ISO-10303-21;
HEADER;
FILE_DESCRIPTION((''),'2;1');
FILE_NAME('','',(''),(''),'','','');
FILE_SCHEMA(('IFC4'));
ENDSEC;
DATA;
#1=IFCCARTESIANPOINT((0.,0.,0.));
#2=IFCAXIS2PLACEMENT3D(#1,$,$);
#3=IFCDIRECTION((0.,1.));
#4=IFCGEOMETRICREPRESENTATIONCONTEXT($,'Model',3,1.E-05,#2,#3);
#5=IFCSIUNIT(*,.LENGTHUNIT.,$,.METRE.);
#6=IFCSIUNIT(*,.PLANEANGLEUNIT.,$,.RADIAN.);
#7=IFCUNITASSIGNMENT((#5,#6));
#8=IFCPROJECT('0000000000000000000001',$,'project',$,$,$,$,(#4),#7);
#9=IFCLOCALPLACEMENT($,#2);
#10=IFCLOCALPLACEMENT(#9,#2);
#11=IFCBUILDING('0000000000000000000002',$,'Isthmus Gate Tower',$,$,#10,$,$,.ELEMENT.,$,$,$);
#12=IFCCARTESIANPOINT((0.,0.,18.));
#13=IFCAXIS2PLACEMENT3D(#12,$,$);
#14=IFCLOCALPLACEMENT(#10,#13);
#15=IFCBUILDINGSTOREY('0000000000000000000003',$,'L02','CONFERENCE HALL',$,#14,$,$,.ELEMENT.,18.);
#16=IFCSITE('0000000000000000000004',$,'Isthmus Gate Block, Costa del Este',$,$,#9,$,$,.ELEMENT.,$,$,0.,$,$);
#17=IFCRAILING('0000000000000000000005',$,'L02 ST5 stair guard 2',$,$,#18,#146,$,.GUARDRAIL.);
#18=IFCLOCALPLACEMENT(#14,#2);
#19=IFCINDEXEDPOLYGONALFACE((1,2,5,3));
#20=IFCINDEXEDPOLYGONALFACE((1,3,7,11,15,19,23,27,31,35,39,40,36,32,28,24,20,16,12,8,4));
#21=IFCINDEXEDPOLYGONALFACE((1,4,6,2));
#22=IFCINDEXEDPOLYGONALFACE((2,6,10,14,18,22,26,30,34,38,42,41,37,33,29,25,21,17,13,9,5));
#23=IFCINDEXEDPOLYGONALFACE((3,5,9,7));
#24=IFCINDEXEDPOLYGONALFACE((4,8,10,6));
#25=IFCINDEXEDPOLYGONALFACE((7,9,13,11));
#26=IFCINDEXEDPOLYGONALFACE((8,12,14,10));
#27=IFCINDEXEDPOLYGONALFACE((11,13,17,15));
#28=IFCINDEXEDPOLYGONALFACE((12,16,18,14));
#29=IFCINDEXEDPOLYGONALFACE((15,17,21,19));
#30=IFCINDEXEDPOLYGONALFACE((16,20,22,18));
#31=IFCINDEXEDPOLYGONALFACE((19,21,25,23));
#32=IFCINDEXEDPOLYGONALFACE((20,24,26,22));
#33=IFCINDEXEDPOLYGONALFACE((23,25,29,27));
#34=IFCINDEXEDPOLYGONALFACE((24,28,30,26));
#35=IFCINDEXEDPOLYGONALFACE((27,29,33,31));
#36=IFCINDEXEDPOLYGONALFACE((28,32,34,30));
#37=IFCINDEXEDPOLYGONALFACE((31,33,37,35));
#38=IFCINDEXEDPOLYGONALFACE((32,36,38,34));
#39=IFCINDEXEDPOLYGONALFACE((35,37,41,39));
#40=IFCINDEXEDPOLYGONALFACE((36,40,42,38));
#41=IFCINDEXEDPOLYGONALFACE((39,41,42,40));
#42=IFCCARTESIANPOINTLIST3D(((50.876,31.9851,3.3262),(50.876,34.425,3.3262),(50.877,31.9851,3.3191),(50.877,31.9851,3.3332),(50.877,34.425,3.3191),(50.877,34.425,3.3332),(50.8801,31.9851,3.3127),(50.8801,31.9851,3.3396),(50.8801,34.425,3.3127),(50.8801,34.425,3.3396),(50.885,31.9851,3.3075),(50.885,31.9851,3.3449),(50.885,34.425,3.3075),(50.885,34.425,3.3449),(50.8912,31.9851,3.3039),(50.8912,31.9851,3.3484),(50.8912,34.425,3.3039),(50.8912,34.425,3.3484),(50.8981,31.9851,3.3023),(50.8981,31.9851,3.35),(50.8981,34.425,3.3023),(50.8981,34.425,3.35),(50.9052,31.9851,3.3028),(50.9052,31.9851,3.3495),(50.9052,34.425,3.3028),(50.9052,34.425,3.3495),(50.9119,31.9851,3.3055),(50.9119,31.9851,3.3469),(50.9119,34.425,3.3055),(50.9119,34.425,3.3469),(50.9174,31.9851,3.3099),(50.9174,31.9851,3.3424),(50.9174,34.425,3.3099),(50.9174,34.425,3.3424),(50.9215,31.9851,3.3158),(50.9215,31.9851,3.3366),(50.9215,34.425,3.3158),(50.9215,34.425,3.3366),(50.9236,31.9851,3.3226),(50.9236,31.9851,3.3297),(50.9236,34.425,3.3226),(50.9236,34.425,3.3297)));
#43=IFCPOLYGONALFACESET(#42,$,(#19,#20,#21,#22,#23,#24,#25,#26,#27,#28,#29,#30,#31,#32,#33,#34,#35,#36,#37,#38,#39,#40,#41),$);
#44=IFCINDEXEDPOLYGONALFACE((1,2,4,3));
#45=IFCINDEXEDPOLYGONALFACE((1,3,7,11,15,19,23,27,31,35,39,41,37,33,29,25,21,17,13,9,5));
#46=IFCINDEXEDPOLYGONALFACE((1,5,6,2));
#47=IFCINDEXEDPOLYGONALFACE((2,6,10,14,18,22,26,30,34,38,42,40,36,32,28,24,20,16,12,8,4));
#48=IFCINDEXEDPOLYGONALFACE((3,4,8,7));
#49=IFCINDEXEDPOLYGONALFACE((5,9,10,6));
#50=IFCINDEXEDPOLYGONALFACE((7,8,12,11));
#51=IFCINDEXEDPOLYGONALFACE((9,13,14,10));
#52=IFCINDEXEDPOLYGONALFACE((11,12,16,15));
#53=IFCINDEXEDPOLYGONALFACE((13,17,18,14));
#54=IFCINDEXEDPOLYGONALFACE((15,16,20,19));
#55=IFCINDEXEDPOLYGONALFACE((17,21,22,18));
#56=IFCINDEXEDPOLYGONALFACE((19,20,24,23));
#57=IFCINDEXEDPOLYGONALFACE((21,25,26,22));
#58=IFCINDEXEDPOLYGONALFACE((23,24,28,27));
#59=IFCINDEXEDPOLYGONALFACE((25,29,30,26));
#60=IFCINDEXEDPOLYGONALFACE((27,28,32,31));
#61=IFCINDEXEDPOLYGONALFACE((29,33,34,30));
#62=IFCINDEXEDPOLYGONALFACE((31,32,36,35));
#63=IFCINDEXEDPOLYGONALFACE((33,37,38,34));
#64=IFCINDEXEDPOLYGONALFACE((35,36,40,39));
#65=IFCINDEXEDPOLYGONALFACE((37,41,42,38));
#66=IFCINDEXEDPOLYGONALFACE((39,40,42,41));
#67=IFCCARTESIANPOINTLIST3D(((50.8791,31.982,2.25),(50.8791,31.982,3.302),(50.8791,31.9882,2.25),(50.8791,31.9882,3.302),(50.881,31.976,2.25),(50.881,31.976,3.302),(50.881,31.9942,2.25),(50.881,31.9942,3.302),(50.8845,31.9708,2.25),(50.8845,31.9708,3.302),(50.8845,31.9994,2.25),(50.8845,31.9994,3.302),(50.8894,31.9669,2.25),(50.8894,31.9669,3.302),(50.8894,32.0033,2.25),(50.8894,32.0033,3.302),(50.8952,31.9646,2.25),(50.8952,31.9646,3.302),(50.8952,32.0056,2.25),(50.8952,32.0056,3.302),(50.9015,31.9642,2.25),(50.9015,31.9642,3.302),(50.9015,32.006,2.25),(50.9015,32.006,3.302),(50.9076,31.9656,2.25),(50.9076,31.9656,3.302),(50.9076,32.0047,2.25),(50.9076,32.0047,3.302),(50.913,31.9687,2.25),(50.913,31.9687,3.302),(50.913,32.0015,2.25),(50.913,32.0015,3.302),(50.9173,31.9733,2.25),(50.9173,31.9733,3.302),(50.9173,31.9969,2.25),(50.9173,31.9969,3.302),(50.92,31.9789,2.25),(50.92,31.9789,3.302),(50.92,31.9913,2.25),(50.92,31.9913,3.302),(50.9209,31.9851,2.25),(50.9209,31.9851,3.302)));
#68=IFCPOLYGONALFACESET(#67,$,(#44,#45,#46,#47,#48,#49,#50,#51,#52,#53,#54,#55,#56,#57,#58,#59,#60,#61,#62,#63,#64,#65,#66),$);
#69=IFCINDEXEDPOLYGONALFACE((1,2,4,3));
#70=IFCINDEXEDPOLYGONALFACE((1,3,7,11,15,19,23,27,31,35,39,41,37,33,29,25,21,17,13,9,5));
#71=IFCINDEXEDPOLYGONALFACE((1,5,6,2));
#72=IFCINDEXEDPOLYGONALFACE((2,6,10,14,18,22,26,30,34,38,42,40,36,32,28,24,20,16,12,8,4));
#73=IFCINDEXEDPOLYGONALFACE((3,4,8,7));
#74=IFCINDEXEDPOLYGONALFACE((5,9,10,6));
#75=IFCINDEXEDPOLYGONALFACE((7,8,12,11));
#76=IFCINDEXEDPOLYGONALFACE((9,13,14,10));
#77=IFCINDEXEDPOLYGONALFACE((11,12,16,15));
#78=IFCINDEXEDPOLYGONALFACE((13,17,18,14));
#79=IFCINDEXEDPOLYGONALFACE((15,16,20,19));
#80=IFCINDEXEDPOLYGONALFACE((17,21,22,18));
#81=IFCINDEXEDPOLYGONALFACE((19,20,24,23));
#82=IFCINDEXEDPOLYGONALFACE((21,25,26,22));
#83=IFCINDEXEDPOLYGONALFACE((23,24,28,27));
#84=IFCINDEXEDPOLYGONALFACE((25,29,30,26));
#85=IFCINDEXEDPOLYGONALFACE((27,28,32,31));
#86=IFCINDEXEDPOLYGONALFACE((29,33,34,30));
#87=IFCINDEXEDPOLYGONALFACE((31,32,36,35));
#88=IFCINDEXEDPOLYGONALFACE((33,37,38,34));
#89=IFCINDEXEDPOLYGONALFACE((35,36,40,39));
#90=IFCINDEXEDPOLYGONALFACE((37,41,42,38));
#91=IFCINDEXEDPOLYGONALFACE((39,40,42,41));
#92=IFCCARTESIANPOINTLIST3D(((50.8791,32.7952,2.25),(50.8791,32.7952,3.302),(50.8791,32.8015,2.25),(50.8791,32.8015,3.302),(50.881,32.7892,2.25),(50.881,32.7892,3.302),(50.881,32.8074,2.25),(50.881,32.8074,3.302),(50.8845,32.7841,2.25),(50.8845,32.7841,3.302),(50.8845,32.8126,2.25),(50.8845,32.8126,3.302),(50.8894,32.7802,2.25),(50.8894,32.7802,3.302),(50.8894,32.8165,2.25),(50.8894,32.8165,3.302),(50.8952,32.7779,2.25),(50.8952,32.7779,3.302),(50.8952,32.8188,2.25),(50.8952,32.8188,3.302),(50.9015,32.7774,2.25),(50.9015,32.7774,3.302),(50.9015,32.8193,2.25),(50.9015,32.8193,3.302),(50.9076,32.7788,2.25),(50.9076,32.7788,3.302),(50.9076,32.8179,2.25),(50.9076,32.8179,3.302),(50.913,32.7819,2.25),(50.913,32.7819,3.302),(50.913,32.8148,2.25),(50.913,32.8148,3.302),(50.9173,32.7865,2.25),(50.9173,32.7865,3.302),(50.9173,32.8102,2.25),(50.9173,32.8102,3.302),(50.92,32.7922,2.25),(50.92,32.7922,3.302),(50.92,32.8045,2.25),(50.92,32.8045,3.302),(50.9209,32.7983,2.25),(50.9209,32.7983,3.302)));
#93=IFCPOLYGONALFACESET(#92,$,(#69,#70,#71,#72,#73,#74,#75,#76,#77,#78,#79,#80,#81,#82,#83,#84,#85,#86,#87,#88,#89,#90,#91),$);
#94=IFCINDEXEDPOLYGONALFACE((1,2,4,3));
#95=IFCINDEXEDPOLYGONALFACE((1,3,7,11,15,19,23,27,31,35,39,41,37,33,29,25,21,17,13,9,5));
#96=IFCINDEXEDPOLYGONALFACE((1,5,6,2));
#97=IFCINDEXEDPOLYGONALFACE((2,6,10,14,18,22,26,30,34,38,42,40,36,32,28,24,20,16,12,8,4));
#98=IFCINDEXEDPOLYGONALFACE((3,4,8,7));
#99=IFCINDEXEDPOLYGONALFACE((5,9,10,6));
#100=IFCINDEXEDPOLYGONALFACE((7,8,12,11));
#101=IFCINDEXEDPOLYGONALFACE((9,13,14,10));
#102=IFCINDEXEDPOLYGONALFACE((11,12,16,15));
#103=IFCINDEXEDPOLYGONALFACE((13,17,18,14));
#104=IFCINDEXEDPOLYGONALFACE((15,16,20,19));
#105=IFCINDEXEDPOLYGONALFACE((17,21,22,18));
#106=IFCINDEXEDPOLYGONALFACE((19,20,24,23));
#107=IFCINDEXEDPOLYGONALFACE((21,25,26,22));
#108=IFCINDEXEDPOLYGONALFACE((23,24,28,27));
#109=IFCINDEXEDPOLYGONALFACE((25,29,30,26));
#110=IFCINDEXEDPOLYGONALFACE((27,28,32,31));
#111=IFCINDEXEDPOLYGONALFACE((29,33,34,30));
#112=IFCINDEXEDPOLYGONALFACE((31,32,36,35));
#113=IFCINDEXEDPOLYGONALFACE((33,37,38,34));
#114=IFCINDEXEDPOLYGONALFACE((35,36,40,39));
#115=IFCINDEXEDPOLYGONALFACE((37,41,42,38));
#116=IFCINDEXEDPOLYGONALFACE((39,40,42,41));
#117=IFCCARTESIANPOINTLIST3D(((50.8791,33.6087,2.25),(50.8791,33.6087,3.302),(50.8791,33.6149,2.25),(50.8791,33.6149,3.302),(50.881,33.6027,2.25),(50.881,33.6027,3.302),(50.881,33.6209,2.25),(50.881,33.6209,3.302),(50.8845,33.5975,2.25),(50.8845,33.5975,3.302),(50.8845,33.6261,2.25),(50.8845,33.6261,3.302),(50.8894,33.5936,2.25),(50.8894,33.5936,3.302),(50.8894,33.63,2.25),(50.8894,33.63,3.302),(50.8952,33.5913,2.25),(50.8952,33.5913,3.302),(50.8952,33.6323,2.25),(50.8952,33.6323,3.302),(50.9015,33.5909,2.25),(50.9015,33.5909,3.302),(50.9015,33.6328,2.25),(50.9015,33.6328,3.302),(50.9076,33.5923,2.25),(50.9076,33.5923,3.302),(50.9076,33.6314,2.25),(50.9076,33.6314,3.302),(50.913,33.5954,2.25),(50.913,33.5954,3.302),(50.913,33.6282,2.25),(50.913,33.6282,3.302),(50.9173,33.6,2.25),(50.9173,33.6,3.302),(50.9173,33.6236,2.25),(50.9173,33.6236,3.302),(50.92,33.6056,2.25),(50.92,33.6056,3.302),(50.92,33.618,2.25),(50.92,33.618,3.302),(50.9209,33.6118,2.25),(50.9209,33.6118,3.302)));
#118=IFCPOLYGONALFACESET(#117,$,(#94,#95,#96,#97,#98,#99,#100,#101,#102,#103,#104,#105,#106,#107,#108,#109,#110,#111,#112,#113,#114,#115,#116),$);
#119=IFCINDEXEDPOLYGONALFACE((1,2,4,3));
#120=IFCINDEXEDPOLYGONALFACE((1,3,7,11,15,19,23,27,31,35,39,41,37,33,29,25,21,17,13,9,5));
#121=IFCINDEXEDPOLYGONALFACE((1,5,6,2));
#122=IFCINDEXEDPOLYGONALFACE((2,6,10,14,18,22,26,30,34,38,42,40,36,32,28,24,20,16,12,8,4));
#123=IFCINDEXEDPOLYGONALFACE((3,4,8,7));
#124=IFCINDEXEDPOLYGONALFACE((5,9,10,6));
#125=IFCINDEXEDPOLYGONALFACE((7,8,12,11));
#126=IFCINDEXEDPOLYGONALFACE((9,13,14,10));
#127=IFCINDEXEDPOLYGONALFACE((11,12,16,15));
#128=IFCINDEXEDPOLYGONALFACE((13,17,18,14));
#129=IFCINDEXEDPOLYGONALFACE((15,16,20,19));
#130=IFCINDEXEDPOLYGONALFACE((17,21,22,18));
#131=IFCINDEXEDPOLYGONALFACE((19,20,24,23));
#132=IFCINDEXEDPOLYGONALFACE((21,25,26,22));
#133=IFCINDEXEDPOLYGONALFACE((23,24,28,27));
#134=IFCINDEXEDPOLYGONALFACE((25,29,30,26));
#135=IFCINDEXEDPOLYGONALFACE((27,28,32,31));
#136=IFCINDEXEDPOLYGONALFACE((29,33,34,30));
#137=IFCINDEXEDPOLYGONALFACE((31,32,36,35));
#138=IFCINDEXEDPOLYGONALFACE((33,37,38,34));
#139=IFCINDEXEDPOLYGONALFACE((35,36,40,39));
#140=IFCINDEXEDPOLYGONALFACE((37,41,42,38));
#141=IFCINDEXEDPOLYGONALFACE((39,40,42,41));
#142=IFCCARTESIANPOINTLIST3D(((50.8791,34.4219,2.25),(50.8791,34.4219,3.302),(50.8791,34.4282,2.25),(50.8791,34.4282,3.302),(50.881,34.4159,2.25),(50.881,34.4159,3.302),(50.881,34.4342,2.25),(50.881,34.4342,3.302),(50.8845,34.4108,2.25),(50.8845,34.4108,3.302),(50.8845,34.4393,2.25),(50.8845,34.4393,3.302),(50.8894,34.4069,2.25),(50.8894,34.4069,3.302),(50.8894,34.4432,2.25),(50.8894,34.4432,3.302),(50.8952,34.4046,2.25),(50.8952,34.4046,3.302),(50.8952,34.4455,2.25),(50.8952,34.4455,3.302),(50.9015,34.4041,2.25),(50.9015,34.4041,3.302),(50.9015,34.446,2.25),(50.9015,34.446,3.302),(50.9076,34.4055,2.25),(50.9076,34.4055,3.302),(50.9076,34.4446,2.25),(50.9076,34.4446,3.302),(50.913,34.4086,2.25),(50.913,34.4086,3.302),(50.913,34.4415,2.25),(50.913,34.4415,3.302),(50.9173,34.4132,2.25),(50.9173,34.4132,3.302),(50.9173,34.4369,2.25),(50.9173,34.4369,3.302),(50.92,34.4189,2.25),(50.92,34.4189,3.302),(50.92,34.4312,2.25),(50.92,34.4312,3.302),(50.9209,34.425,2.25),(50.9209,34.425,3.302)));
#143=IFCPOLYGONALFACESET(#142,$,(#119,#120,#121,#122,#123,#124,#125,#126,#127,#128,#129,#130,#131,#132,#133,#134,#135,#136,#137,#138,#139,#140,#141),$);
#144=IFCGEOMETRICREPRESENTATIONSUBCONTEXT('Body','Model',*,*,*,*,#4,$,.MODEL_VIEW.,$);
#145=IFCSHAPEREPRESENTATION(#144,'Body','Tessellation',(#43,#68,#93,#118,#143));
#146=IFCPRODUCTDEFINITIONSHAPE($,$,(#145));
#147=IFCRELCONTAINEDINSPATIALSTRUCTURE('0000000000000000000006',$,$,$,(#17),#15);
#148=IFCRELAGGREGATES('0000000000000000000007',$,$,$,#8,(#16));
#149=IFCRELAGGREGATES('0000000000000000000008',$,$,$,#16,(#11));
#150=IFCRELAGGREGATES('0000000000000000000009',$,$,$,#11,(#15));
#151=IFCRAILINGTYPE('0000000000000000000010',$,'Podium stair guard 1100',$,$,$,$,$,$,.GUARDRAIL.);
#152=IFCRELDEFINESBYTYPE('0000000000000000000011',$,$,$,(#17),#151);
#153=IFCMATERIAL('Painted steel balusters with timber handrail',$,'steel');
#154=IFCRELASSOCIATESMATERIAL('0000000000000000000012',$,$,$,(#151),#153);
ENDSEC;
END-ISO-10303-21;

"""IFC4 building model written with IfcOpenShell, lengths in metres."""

from ifc_helpers import new_model, si_unit, direction, frame, origin, origin_2d, place, context, subcontext, project, spatial, circle, extrude, material, type_object, element, save


model = new_model("IFC4")

# Units and contexts
model_context = context("Model", 3, precision=1e-05, world=origin(), true_north=direction((0.0, 1.0)))
body_context = subcontext(model_context, "Body", "Model", "MODEL_VIEW")
ifc_project = project(units=[si_unit("LENGTHUNIT", "METRE"), si_unit("PLANEANGLEUNIT", "RADIAN")], contexts=[model_context])

# Site, building, storey
site_placement = place(None, origin())
site = spatial("IfcSite", under=ifc_project, at=site_placement, Name="Isthmus Gate Block, Costa del Este", CompositionType="ELEMENT", RefElevation=0.0)
building_placement = place(site_placement, origin())
building = spatial("IfcBuilding", under=site, at=building_placement, Name="Isthmus Gate Tower", CompositionType="ELEMENT")
storey_placement = place(building_placement, frame((0.0, 0.0, 18.0)))
storey = spatial("IfcBuildingStorey", under=building, at=storey_placement, Name="L02", Description="CONFERENCE HALL", CompositionType="ELEMENT", Elevation=18.0)

# Railing
ifc_material_1 = material(Name="Painted steel balusters with timber handrail", Category="steel")
railing_type = type_object("IfcRailingType", Name="Podium stair guard 1100", PredefinedType="GUARDRAIL", material=ifc_material_1)
railing_1_placement = place(storey_placement, frame((50.8999, 31.9851, 2.25)))
element("IfcRailing", 1, at=railing_1_placement, inside=storey, type_object=railing_type, Name="L02 ST5 stair guard 2", PredefinedType="GUARDRAIL", context=body_context, shape_type="SweptSolid", body=[
    extrude(circle(Radius=0.0239, at=origin_2d()), frame((0.0, 0.0, 1.0762), z_axis=(0.0, 1.0, 0.0), x_axis=(-1.0, 0.0, 0.0)), (0.0, 0.0, 1.0), 2.4399),
    extrude(circle(Radius=0.021, at=origin_2d()), origin(), (0.0, 0.0, 1.0), 1.052),
    extrude(circle(Radius=0.021, at=origin_2d()), frame((0.0, 0.8132, 0.0)), (0.0, 0.0, 1.0), 1.052),
    extrude(circle(Radius=0.021, at=origin_2d()), frame((0.0, 1.6267, 0.0)), (0.0, 0.0, 1.0), 1.052),
    extrude(circle(Radius=0.021, at=origin_2d()), frame((0.0, 2.4399, 0.0)), (0.0, 0.0, 1.0), 1.052),
])

save(model, "model.ifc")
